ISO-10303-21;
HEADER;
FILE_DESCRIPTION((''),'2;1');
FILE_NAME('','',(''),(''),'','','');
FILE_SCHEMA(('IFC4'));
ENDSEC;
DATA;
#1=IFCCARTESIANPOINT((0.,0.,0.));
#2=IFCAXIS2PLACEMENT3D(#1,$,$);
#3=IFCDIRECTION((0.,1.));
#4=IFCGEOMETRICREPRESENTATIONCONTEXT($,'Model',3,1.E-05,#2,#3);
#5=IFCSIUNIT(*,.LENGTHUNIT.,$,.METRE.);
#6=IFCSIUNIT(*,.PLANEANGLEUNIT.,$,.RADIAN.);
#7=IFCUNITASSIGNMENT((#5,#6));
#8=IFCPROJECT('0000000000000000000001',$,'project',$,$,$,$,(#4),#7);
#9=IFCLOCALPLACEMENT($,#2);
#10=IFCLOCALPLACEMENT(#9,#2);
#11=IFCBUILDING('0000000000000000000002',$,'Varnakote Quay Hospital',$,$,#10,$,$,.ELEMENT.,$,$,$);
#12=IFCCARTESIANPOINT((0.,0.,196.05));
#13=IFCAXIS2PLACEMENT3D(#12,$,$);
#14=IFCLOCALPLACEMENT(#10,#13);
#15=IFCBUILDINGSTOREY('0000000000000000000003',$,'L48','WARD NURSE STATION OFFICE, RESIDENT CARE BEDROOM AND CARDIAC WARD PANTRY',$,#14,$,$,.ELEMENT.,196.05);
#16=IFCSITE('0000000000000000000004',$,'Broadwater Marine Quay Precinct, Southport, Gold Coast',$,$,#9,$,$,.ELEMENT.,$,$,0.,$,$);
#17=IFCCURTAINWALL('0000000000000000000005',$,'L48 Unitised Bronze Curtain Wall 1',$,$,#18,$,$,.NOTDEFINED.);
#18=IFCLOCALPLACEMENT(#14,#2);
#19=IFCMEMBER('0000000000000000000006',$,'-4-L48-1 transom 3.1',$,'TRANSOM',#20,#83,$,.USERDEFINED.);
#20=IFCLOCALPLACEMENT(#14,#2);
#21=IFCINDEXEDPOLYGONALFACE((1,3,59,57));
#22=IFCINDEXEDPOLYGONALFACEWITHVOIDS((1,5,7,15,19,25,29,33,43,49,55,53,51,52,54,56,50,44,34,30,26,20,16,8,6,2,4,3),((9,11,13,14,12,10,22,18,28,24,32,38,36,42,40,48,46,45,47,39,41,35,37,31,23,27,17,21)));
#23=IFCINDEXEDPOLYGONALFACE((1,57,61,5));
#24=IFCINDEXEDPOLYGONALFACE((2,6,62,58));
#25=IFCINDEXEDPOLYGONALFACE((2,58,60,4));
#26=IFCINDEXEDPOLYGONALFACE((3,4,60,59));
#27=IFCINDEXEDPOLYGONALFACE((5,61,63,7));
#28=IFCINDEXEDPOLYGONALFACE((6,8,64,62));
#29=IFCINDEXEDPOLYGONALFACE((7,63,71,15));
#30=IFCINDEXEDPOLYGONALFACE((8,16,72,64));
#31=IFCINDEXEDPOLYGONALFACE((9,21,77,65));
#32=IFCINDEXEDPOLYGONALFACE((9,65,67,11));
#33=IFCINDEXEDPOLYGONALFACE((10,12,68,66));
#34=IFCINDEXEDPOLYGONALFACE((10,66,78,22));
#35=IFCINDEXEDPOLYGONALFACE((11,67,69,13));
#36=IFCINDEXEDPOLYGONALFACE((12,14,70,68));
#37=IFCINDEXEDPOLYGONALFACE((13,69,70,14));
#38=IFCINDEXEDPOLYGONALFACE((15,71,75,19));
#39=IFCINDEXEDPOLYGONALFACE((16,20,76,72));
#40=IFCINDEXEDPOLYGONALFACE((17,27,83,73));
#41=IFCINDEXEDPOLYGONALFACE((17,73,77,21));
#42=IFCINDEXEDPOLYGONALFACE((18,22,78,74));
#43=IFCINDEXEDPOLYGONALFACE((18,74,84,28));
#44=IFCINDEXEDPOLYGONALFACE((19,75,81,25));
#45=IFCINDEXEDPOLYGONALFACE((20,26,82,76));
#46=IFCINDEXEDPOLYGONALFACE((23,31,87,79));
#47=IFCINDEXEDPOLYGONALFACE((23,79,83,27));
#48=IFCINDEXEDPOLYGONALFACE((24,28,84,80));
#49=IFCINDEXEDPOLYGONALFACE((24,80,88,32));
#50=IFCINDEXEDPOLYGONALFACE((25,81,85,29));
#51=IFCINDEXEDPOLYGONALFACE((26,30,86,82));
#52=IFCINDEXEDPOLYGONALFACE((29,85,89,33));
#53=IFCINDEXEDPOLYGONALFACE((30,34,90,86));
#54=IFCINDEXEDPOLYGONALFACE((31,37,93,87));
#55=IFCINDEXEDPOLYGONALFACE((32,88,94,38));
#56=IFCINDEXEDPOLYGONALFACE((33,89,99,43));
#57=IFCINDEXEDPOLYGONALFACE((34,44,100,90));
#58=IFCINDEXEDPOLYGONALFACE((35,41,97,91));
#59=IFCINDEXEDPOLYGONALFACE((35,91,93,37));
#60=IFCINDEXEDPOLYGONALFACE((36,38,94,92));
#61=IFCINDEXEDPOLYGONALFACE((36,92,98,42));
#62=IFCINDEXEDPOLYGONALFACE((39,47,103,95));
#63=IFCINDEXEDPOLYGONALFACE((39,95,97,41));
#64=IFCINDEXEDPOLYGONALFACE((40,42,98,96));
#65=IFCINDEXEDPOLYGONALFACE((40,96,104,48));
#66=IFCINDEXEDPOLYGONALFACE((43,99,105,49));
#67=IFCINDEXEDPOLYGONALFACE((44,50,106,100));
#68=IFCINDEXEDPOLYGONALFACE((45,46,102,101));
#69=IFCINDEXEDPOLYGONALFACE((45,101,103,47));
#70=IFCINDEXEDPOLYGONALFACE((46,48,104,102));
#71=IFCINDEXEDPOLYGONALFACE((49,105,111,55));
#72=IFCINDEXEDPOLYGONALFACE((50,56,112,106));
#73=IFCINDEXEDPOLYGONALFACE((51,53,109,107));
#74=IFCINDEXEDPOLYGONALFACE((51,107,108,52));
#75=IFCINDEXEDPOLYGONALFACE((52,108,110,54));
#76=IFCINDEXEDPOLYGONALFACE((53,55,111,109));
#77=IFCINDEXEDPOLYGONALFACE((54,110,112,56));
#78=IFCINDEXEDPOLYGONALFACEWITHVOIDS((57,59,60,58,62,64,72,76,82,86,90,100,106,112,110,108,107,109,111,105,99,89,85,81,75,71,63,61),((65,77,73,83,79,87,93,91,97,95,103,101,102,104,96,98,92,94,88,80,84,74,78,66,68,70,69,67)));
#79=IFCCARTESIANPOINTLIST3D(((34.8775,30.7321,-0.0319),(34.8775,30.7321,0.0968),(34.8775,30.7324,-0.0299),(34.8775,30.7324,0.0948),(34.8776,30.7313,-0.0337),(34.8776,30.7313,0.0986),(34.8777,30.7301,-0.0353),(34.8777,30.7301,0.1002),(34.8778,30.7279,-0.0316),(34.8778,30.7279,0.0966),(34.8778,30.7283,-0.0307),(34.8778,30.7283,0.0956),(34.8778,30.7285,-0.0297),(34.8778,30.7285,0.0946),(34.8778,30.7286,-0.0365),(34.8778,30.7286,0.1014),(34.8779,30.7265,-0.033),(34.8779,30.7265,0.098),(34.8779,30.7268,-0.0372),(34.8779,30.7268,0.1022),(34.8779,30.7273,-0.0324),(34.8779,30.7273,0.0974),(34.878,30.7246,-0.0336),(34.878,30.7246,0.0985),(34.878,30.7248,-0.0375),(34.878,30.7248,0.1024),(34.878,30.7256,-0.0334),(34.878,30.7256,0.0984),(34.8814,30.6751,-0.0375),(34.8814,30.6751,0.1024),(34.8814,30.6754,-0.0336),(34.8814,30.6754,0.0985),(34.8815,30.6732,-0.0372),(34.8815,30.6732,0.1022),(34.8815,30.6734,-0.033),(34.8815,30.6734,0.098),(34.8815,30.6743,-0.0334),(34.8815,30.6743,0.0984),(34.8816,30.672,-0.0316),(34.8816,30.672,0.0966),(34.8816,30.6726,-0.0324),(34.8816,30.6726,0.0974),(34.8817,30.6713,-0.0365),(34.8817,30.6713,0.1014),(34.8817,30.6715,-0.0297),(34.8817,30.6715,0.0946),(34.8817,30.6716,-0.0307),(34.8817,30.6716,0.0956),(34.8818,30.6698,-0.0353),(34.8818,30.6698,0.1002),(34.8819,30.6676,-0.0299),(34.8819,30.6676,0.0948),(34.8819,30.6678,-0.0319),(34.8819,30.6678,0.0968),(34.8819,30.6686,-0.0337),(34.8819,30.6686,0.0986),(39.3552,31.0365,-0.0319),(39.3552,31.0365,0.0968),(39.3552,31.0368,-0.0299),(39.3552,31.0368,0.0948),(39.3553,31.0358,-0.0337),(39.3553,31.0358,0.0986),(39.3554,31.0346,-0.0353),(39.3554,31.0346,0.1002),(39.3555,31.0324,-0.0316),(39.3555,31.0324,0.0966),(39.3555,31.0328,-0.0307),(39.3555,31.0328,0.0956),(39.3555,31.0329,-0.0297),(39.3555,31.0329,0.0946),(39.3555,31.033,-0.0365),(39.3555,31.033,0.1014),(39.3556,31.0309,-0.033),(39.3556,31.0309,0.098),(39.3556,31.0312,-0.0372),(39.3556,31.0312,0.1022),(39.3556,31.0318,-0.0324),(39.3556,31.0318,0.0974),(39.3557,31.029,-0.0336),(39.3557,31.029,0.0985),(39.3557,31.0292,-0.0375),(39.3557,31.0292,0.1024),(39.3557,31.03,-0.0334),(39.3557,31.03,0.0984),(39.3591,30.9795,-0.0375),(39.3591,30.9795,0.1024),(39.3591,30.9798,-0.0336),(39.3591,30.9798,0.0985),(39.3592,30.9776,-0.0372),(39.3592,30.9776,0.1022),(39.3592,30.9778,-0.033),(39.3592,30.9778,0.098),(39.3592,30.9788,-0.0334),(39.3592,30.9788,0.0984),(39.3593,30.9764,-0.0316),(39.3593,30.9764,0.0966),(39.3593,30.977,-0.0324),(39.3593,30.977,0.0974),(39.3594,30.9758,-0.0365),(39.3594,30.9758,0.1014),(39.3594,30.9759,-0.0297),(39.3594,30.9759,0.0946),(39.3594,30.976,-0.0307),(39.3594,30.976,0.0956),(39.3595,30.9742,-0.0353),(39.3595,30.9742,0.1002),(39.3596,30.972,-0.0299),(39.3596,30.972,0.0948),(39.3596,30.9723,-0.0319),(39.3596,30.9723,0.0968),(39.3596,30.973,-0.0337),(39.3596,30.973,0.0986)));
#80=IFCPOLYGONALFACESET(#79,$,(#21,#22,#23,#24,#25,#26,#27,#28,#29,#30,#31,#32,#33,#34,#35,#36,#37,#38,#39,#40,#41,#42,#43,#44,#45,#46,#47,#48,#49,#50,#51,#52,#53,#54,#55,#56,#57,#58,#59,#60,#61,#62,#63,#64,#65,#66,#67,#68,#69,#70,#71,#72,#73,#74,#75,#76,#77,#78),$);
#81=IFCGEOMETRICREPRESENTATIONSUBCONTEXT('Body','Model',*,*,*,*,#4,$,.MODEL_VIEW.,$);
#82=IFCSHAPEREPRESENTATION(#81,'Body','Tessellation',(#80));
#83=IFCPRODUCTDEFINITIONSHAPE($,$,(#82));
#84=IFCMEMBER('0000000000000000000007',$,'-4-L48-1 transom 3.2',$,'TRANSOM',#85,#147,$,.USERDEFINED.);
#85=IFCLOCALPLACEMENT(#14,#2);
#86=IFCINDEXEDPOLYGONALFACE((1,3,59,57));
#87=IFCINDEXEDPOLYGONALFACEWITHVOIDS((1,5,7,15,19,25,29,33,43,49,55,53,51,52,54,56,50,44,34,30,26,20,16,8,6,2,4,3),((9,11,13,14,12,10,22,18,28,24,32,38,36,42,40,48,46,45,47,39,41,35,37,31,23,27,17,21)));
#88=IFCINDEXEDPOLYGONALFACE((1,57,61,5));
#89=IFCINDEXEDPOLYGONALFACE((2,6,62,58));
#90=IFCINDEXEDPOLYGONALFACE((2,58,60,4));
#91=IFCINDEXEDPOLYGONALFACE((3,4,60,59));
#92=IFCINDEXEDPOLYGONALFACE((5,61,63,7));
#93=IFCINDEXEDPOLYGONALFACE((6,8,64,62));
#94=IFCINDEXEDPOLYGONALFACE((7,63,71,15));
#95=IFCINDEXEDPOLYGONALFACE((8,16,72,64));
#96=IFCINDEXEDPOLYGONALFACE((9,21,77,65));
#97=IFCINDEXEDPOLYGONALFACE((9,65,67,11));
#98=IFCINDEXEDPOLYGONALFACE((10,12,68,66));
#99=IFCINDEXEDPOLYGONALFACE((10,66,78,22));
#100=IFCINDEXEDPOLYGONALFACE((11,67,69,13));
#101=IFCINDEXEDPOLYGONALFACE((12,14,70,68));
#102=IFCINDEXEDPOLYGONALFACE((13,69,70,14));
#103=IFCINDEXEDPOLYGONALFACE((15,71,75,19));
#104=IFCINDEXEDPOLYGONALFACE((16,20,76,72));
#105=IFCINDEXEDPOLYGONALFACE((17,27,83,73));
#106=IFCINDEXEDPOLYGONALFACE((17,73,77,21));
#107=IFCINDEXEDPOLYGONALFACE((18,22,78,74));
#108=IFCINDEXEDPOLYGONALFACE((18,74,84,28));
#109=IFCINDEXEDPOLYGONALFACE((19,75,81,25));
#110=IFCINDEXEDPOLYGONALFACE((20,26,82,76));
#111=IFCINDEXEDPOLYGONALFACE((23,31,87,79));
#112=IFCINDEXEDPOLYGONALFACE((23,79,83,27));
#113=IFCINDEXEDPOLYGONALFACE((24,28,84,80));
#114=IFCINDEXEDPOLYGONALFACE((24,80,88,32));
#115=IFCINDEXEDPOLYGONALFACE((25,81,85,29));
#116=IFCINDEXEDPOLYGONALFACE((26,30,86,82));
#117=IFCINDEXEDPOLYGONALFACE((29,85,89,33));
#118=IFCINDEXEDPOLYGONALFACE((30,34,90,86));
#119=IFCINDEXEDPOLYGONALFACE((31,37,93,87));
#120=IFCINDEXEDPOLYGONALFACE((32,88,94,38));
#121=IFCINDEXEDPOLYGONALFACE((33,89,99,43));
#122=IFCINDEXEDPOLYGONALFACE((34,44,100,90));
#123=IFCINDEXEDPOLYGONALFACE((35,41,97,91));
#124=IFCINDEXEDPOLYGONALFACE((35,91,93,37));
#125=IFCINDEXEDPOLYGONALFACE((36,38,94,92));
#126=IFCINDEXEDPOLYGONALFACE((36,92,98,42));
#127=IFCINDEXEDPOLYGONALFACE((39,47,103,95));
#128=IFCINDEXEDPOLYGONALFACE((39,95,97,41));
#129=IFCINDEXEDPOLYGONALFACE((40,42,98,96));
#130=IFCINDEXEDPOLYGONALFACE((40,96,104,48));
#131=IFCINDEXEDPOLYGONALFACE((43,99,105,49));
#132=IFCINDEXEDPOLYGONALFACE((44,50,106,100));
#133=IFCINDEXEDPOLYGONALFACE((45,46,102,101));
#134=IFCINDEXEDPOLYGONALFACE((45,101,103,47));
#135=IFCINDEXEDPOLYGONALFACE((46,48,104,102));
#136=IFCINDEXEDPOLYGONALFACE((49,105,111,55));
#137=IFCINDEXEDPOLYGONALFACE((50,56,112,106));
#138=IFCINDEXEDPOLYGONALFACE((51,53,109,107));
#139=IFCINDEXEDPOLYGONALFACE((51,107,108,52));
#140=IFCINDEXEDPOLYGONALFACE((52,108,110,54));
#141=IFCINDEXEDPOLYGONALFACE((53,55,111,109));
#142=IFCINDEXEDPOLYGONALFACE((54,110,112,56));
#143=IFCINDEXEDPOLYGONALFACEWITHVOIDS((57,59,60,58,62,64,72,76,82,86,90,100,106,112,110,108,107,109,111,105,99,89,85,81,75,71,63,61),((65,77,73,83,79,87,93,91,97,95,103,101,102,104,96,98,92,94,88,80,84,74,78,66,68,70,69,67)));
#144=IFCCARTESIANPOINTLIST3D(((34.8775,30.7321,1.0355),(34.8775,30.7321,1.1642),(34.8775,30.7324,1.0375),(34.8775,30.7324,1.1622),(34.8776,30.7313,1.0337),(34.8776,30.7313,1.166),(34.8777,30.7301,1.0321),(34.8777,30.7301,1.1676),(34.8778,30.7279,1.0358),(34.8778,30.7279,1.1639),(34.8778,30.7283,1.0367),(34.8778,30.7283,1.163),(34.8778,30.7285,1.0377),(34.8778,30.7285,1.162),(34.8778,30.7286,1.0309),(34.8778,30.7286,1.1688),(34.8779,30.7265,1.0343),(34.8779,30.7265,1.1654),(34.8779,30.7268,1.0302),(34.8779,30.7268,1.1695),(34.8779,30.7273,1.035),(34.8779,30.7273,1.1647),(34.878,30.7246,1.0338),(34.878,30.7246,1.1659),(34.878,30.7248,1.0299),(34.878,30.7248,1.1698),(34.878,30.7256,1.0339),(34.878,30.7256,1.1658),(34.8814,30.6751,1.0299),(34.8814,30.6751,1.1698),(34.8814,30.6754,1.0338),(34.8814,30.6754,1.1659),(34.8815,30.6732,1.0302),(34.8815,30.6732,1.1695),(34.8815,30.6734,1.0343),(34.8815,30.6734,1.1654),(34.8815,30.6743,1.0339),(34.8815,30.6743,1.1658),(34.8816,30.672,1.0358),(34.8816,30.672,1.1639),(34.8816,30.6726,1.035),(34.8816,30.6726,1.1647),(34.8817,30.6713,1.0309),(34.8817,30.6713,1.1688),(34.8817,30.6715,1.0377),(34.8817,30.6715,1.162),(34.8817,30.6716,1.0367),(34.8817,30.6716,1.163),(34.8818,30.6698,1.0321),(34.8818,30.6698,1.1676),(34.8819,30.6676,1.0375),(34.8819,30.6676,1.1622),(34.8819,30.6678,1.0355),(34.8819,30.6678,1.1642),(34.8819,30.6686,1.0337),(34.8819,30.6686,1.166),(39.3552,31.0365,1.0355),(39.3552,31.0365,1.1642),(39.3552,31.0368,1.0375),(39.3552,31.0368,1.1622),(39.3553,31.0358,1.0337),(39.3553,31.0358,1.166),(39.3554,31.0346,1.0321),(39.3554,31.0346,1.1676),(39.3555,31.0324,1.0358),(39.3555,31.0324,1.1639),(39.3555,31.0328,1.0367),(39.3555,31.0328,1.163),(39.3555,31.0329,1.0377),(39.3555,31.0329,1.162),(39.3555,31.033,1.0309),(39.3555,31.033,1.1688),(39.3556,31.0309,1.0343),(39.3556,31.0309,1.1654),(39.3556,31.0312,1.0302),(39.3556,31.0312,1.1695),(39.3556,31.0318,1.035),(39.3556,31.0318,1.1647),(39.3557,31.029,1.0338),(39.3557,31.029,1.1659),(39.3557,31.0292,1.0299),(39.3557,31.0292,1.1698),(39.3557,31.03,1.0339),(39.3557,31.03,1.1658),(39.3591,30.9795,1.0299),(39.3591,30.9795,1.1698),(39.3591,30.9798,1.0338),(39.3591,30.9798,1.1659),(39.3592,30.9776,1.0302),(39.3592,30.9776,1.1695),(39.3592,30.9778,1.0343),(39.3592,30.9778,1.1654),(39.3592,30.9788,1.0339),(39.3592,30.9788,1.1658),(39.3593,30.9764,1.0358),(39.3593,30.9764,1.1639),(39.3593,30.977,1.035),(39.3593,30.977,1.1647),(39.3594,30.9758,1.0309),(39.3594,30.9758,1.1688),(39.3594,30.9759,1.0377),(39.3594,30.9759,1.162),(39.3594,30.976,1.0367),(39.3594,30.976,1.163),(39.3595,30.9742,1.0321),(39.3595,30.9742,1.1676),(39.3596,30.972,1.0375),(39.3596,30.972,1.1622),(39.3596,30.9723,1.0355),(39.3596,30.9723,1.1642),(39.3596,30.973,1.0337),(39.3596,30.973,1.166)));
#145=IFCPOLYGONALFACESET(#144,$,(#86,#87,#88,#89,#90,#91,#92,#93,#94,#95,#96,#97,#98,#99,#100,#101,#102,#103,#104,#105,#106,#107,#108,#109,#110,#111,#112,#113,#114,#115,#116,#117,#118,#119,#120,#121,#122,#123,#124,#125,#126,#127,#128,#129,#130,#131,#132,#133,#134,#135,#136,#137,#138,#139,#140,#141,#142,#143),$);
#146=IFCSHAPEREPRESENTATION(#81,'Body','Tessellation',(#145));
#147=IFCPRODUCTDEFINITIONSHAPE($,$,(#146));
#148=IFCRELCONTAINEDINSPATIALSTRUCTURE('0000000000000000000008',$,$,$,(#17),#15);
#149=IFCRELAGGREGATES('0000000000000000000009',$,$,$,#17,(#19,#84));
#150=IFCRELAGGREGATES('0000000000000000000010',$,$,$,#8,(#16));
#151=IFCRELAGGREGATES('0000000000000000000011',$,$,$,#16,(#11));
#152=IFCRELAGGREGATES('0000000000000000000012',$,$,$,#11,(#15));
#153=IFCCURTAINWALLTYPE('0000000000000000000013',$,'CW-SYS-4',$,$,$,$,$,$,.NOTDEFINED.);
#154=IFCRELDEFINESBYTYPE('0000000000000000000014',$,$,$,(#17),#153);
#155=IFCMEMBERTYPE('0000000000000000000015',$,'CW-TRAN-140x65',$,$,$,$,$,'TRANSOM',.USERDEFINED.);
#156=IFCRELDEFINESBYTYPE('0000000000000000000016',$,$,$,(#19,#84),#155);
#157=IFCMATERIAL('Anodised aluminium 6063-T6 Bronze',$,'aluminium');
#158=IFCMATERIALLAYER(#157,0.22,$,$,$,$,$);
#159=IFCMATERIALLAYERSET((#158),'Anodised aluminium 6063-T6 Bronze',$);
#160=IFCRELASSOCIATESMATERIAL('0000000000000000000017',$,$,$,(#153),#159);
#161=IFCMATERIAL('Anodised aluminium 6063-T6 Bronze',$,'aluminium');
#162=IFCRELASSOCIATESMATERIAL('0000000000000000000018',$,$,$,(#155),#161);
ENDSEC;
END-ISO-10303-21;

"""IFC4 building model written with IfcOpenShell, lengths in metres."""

from ifc_helpers import new_model, si_unit, direction, frame, origin, origin_2d, place, context, subcontext, project, spatial, hollow_rectangle, extrude, material, layer, layer_set, material_profile, profile_set, type_object, element, aggregate, save


model = new_model("IFC4")

# Units and contexts
model_context = context("Model", 3, precision=1e-05, world=origin(), true_north=direction((0.0, 1.0)))
body_context = subcontext(model_context, "Body", "Model", "MODEL_VIEW")
ifc_project = project(units=[si_unit("LENGTHUNIT", "METRE"), si_unit("PLANEANGLEUNIT", "RADIAN")], contexts=[model_context])

# Site, building, storey
site_placement = place(None, origin())
site = spatial("IfcSite", under=ifc_project, at=site_placement, Name="Broadwater Marine Quay Precinct, Southport, Gold Coast", CompositionType="ELEMENT", RefElevation=0.0)
building_placement = place(site_placement, origin())
building = spatial("IfcBuilding", under=site, at=building_placement, Name="Varnakote Quay Hospital", CompositionType="ELEMENT")
storey_placement = place(building_placement, frame((0.0, 0.0, 196.05)))
storey = spatial("IfcBuildingStorey", under=building, at=storey_placement, Name="L48", Description="WARD NURSE STATION OFFICE, RESIDENT CARE BEDROOM AND CARDIAC WARD PANTRY", CompositionType="ELEMENT", Elevation=196.05)

# Curtain wall, members
ifc_material_1 = material(Name="Anodised aluminium 6063-T6 Bronze", Category="aluminium")
ifc_layer_1 = layer(ifc_material_1, 0.22)
ifc_layer_set_1 = layer_set([ifc_layer_1], Name="Anodised aluminium 6063-T6 Bronze")
curtain_wall_type = type_object("IfcCurtainWallType", Name="CW-SYS-4", PredefinedType="NOTDEFINED", material=ifc_layer_set_1)
curtain_wall_placement = place(storey_placement, origin())
curtain_wall = element("IfcCurtainWall", 1, at=curtain_wall_placement, inside=storey, type_object=curtain_wall_type, Name="L48 Unitised Bronze Curtain Wall 1", PredefinedType="NOTDEFINED")
ifc_material_2 = material(Name="Anodised aluminium 6063-T6 Bronze", Category="aluminium")
ifc_material_profile_1 = material_profile(ifc_material_2, hollow_rectangle(XDim=0.0649, YDim=0.1399, WallThickness=0.0039, InnerFilletRadius=0.0039, OuterFilletRadius=0.0076, at=origin_2d()), Name="CW-TRAN-140x65")
ifc_profile_set_1 = profile_set([ifc_material_profile_1], Name="Anodised aluminium 6063-T6 Bronze")
member_type_1 = type_object("IfcMemberType", Name="CW-TRAN-140x65", ElementType="TRANSOM", PredefinedType="USERDEFINED", material=ifc_profile_set_1)
member_1_placement = place(storey_placement, frame((39.3574, 31.0044, 0.0325), z_axis=(-0.997697, -0.067833, 0.0), x_axis=(0.067833, -0.997697, 0.0)))
member_1 = element("IfcMember", 2, at=member_1_placement, type_object=member_type_1, Name="-4-L48-1 transom 3.1", ObjectType="TRANSOM", PredefinedType="USERDEFINED", context=body_context, shape_type="SweptSolid", body=[
    extrude(hollow_rectangle(XDim=0.0649, YDim=0.1399, WallThickness=0.0039, InnerFilletRadius=0.0039, OuterFilletRadius=0.0076, at=origin_2d()), origin(), (0.0, 0.0, 1.0), 4.488),
])
member_2_placement = place(storey_placement, frame((39.3574, 31.0044, 1.0999), z_axis=(-0.997697, -0.067833, 0.0), x_axis=(0.067833, -0.997697, 0.0)))
member_2 = element("IfcMember", 3, at=member_2_placement, type_object=member_type_1, Name="-4-L48-1 transom 3.2", ObjectType="TRANSOM", PredefinedType="USERDEFINED", context=body_context, shape_type="SweptSolid", body=[
    extrude(hollow_rectangle(XDim=0.0649, YDim=0.1399, WallThickness=0.0039, InnerFilletRadius=0.0039, OuterFilletRadius=0.0076, at=origin_2d()), origin(), (0.0, 0.0, 1.0), 4.488),
])
aggregate(curtain_wall, [member_1, member_2])

save(model, "model.ifc")
